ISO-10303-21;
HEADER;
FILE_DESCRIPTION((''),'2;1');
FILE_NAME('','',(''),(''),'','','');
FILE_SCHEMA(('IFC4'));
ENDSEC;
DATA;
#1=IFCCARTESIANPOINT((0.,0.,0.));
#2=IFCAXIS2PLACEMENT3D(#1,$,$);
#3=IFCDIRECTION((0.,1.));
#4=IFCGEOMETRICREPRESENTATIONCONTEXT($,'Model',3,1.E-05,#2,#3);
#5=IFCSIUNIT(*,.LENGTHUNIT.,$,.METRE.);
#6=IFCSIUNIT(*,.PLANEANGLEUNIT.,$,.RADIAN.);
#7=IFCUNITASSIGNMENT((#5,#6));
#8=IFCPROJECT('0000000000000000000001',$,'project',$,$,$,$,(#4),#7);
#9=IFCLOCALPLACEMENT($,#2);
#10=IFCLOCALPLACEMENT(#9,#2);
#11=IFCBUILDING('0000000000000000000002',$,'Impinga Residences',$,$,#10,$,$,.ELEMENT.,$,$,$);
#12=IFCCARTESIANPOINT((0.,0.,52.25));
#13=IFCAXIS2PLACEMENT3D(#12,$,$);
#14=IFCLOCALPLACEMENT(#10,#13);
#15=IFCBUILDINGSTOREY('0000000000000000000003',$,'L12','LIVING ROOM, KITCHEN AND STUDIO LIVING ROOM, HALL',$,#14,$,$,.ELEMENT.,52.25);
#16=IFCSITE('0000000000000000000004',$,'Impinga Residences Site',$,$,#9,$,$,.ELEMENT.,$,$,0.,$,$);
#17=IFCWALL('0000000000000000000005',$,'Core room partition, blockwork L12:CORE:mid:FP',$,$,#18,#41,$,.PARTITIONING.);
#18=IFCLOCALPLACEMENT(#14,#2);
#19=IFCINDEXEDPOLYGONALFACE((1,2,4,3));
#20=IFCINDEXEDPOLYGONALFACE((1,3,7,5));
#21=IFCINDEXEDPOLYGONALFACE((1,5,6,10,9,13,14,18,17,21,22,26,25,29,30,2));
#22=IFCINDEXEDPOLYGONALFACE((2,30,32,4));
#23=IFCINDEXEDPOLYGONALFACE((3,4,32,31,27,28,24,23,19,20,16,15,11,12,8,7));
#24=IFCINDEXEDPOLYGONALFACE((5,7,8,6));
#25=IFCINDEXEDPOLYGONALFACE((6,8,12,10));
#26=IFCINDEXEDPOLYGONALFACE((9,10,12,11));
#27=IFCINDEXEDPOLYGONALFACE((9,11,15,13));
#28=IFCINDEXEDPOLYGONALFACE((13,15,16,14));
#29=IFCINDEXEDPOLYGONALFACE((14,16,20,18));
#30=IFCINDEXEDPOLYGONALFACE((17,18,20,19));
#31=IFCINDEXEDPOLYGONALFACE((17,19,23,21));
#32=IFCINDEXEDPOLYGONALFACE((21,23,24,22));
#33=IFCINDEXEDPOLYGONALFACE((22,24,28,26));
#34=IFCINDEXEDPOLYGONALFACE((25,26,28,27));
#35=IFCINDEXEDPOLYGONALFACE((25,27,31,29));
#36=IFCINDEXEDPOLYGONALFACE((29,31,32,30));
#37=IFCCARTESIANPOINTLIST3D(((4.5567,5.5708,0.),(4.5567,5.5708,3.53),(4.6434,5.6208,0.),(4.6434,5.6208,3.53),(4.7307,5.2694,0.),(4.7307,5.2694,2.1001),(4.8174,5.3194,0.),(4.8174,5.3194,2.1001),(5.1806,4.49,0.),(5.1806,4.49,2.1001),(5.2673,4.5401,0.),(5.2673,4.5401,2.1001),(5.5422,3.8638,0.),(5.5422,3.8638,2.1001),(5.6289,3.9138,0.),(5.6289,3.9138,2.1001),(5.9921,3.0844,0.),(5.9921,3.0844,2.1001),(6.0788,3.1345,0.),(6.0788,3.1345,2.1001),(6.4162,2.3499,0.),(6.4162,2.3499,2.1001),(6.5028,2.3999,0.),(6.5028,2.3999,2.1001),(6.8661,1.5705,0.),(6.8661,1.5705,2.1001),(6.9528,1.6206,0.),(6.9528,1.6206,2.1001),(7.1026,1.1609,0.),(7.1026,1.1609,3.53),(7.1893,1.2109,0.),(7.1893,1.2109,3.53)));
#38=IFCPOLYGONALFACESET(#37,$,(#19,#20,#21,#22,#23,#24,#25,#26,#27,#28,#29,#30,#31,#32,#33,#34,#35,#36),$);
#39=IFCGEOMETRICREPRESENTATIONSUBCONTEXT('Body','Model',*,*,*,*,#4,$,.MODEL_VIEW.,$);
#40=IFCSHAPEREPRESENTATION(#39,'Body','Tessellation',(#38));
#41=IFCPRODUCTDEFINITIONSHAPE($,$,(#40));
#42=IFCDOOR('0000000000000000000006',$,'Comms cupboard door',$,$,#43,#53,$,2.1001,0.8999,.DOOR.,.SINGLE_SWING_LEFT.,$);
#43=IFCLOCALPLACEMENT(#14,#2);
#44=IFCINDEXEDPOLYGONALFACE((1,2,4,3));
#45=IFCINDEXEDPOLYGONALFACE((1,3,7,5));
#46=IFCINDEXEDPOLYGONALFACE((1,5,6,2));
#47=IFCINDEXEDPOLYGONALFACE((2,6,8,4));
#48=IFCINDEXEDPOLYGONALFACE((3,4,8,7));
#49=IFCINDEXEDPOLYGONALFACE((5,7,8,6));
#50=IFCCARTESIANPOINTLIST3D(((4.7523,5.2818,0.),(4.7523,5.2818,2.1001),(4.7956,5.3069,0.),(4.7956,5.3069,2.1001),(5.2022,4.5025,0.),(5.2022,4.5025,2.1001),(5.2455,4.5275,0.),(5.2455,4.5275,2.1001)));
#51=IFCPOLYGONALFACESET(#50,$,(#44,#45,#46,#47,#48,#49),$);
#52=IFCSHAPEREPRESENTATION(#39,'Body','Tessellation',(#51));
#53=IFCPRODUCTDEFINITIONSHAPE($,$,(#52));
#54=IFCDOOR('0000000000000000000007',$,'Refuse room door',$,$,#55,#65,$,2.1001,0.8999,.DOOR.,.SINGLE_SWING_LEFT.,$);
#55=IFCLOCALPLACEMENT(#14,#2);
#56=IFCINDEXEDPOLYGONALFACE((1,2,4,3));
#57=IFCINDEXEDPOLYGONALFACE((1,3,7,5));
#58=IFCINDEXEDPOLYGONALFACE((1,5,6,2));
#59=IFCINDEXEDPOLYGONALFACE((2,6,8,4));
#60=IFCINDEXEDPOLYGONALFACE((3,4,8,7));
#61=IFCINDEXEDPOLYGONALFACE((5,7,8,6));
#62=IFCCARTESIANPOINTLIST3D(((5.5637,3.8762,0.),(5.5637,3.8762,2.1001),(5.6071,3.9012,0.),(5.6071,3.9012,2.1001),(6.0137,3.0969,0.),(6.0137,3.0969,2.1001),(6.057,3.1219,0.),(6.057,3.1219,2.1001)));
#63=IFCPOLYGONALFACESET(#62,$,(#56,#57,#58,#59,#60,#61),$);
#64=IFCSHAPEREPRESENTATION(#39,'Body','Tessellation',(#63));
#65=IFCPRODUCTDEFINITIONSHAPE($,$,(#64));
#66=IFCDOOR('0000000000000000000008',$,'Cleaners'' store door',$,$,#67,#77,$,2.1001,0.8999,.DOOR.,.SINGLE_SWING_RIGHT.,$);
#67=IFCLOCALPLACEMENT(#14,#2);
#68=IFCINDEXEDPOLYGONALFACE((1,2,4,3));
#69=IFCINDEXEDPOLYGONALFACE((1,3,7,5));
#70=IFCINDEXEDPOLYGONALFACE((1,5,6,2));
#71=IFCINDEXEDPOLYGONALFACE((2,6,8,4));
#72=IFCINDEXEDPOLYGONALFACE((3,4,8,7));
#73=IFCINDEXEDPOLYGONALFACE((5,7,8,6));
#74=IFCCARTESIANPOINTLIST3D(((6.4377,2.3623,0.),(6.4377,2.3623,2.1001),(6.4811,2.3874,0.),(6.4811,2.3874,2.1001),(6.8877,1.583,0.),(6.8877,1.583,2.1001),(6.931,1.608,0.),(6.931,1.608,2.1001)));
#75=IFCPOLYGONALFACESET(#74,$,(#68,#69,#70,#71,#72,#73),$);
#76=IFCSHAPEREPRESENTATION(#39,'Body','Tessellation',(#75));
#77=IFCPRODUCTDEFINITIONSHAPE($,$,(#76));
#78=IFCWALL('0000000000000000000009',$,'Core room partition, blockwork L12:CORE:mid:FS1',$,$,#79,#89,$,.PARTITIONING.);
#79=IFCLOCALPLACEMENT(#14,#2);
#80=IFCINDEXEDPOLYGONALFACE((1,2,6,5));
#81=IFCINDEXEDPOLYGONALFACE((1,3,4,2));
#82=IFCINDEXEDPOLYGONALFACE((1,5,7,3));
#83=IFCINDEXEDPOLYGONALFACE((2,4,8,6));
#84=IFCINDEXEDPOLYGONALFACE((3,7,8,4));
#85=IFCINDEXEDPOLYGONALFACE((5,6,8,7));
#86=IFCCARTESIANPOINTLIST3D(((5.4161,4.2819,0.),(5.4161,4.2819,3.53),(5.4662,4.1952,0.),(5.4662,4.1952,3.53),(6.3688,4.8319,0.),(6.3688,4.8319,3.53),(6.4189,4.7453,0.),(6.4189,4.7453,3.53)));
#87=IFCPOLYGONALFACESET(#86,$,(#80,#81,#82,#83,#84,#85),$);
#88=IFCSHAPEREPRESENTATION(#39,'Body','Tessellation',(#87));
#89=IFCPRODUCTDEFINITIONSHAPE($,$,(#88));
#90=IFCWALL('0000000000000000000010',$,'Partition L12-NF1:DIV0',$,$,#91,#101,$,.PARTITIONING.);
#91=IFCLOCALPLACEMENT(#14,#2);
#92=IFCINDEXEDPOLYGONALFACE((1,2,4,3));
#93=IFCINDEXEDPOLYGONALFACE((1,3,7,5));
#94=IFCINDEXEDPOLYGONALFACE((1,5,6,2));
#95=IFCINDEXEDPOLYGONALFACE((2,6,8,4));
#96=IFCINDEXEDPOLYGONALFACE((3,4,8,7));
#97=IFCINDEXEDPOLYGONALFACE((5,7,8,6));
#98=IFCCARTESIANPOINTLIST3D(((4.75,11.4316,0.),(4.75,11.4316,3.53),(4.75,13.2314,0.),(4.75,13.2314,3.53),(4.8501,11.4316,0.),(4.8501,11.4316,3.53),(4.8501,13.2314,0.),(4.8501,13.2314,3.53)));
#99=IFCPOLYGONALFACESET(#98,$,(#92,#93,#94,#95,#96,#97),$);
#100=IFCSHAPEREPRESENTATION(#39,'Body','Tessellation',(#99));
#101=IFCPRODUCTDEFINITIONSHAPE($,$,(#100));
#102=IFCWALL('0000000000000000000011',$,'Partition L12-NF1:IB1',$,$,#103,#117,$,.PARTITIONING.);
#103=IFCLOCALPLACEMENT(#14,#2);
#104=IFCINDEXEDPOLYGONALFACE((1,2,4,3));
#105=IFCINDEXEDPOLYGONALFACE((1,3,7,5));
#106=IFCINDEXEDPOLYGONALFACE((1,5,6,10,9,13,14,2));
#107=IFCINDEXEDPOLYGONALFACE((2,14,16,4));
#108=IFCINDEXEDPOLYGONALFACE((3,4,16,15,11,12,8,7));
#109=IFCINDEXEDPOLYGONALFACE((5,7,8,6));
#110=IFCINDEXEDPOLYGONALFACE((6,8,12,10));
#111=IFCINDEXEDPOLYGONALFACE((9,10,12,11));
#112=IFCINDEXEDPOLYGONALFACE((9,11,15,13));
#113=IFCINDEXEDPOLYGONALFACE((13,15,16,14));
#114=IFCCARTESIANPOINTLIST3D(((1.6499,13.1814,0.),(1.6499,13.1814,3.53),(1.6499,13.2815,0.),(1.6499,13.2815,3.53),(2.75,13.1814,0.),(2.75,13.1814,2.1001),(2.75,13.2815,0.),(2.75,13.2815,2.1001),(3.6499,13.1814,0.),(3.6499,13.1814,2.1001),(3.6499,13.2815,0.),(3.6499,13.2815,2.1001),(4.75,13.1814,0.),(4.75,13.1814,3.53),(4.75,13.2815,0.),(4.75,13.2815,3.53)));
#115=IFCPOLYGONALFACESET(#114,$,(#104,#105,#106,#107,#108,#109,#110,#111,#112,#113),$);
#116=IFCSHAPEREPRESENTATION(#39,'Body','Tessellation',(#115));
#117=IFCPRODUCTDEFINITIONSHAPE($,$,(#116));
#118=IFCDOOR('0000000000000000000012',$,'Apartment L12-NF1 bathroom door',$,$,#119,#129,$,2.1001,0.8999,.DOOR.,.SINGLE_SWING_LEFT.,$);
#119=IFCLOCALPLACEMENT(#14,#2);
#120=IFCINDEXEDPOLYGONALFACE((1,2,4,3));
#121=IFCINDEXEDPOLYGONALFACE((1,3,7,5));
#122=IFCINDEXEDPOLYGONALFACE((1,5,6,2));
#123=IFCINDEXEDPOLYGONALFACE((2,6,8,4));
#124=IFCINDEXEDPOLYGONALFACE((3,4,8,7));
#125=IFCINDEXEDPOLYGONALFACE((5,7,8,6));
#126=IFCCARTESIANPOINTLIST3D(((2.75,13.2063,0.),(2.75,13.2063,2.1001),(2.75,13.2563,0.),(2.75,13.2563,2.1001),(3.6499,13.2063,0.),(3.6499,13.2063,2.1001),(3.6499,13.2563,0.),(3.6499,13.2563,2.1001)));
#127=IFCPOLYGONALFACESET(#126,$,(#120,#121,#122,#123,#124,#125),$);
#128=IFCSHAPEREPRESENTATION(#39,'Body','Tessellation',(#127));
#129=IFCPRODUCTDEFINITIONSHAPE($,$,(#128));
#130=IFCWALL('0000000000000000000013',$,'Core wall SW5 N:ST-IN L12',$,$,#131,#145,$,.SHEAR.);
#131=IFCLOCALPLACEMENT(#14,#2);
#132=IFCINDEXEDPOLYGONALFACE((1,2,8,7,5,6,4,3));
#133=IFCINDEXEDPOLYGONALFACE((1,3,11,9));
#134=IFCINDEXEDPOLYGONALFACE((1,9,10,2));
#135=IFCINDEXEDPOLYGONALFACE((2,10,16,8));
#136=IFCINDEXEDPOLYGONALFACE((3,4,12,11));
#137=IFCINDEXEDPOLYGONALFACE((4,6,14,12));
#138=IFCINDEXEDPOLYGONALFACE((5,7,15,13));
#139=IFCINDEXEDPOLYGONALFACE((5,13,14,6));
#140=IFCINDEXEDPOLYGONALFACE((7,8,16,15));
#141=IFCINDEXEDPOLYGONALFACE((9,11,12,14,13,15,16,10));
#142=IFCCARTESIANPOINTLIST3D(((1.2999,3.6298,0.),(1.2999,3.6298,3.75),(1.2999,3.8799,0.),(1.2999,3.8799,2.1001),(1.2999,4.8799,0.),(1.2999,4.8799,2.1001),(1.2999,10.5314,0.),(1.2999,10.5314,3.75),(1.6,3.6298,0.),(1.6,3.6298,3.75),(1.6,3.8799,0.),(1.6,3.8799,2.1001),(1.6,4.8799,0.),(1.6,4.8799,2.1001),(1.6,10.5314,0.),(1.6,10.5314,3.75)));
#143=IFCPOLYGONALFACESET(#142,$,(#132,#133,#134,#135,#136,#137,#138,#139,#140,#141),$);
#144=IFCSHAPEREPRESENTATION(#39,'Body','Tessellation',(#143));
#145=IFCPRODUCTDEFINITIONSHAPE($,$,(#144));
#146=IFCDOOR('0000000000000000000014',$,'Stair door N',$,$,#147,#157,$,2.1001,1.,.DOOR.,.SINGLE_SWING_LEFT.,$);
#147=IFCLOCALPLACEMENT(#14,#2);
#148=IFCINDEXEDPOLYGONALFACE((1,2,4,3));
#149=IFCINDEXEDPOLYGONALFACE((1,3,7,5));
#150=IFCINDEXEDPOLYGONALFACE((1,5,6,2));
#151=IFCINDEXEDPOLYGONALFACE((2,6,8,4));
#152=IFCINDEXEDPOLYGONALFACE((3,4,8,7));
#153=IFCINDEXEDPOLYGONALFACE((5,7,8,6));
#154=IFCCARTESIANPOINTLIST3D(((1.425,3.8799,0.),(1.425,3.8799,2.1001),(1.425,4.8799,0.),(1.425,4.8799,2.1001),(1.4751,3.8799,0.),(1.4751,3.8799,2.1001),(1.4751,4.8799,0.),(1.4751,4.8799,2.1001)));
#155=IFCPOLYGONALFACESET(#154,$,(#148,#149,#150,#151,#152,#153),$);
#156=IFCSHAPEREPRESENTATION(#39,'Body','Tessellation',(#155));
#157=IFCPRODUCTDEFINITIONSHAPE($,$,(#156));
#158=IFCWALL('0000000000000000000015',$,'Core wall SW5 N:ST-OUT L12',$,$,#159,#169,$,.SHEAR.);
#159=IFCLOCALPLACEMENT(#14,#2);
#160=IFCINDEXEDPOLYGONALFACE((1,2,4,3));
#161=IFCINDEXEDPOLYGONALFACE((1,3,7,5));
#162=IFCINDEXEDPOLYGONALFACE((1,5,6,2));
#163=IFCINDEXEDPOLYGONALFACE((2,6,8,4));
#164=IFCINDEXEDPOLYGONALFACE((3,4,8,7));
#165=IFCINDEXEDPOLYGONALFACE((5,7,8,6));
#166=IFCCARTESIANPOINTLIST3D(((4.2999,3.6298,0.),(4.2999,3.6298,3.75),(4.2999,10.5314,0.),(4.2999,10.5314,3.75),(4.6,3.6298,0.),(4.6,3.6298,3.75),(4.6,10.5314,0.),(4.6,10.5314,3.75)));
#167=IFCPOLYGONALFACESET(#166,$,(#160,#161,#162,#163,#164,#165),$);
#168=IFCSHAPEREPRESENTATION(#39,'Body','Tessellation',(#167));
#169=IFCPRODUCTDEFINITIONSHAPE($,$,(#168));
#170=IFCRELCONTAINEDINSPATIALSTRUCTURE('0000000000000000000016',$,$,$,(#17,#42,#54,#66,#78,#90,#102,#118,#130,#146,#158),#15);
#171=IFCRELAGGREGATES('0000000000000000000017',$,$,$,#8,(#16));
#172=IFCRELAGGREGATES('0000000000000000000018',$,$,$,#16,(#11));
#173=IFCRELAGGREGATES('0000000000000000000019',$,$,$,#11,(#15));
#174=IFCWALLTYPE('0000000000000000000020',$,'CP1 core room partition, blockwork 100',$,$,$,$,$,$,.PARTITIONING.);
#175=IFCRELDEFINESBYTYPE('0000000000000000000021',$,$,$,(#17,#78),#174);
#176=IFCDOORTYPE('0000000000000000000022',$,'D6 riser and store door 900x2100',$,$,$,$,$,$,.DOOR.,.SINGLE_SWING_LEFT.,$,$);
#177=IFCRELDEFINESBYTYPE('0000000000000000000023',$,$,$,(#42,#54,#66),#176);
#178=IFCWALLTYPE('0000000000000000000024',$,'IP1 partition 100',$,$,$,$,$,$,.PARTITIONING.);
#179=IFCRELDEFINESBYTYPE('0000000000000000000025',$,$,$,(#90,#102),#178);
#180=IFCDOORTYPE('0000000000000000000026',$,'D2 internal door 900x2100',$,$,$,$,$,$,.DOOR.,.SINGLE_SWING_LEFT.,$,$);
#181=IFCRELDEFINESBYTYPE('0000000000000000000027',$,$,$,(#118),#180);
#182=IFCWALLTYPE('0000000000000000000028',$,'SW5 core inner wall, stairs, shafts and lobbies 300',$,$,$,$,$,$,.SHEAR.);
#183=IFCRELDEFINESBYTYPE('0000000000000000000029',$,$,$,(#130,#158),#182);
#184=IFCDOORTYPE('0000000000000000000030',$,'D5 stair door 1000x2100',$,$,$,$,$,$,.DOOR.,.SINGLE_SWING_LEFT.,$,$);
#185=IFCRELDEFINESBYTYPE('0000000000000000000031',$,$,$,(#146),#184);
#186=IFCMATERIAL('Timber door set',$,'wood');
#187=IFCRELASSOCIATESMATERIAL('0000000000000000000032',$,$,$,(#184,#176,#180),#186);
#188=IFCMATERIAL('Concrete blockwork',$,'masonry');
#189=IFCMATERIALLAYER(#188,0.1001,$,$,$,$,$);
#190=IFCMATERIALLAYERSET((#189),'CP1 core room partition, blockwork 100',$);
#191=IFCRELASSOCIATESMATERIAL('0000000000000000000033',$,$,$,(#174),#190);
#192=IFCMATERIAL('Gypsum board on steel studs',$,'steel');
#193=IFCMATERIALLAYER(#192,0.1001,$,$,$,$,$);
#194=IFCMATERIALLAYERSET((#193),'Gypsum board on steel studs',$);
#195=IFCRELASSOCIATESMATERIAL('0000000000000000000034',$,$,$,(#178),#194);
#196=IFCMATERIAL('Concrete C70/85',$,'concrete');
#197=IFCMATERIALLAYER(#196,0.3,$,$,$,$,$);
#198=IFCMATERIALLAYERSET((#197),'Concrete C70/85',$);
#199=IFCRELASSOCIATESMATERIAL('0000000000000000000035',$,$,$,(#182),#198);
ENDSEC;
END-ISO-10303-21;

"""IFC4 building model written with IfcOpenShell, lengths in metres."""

from ifc_helpers import new_model, si_unit, direction, frame, frame_2d, origin, place, context, subcontext, project, spatial, rectangle, extrude, material, layer, layer_set, type_object, element, fill, save


model = new_model("IFC4")

# Units and contexts
model_context = context("Model", 3, precision=1e-05, world=origin(), true_north=direction((0.0, 1.0)))
body_context = subcontext(model_context, "Body", "Model", "MODEL_VIEW")
ifc_project = project(units=[si_unit("LENGTHUNIT", "METRE"), si_unit("PLANEANGLEUNIT", "RADIAN")], contexts=[model_context])

# Site, building, storey
site_placement = place(None, origin())
site = spatial("IfcSite", under=ifc_project, at=site_placement, Name="Impinga Residences Site", CompositionType="ELEMENT", RefElevation=0.0)
building_placement = place(site_placement, origin())
building = spatial("IfcBuilding", under=site, at=building_placement, Name="Impinga Residences", CompositionType="ELEMENT")
storey_placement = place(building_placement, frame((0.0, 0.0, 52.25)))
storey = spatial("IfcBuildingStorey", under=building, at=storey_placement, Name="L12", Description="LIVING ROOM, KITCHEN AND STUDIO LIVING ROOM, HALL", CompositionType="ELEMENT", Elevation=52.25)

# Wall, openings, doors
ifc_material_1 = material(Name="Concrete C70/85", Category="concrete")
ifc_material_2 = material(Name="Timber door set", Category="wood")
door_type_1 = type_object("IfcDoorType", Name="D5 stair door 1000x2100", OperationType="SINGLE_SWING_LEFT", PredefinedType="DOOR", material=ifc_material_2)
ifc_material_3 = material(Name="Concrete blockwork", Category="masonry")
ifc_layer_1 = layer(ifc_material_3, 0.1001)
ifc_layer_set_1 = layer_set([ifc_layer_1], Name="CP1 core room partition, blockwork 100")
wall_type_1 = type_object("IfcWallType", Name="CP1 core room partition, blockwork 100", PredefinedType="PARTITIONING", material=ifc_layer_set_1)
wall_1_placement = place(storey_placement, frame((4.6001, 5.5957, 0.0), z_axis=(0.0, 0.0, 1.0), x_axis=(0.499976, -0.866039, 0.0)))
wall_1 = element("IfcWall", 1, at=wall_1_placement, inside=storey, type_object=wall_type_1, Name="Core room partition, blockwork L12:CORE:mid:FP", PredefinedType="PARTITIONING", context=body_context, shape_type="SweptSolid", body=[
    extrude(rectangle(XDim=5.092, YDim=0.1001, at=frame_2d((2.5459, 0.0))), origin(), (0.0, 0.0, 1.0), 3.53),
])
opening_1_placement = place(wall_1_placement, frame((0.3479, 0.0, 0.0)))
opening_1 = element("IfcOpeningElement", 2, at=opening_1_placement, cuts=wall_1, PredefinedType="OPENING", context=body_context, shape_type="SweptSolid", body=[
    extrude(rectangle(XDim=0.8999, YDim=2.1001, at=frame_2d((0.45, 1.05))), frame((0.0, 0.0601, 0.0), z_axis=(0.0, -1.0, 0.0), x_axis=(1.0, 0.0, 0.0)), (0.0, 0.0, 1.0), 0.1201),
])
opening_2_placement = place(wall_1_placement, frame((1.9709, 0.0, 0.0)))
opening_2 = element("IfcOpeningElement", 3, at=opening_2_placement, cuts=wall_1, PredefinedType="OPENING", context=body_context, shape_type="SweptSolid", body=[
    extrude(rectangle(XDim=0.8999, YDim=2.1001, at=frame_2d((0.45, 1.05))), frame((0.0, 0.0601, 0.0), z_axis=(0.0, -1.0, 0.0), x_axis=(1.0, 0.0, 0.0)), (0.0, 0.0, 1.0), 0.1201),
])
opening_3_placement = place(wall_1_placement, frame((3.719, 0.0, 0.0)))
opening_3 = element("IfcOpeningElement", 4, at=opening_3_placement, cuts=wall_1, PredefinedType="OPENING", context=body_context, shape_type="SweptSolid", body=[
    extrude(rectangle(XDim=0.8999, YDim=2.1001, at=frame_2d((0.45, 1.05))), frame((0.0, 0.0601, 0.0), z_axis=(0.0, -1.0, 0.0), x_axis=(1.0, 0.0, 0.0)), (0.0, 0.0, 1.0), 0.1201),
])
door_type_2 = type_object("IfcDoorType", Name="D6 riser and store door 900x2100", OperationType="SINGLE_SWING_LEFT", PredefinedType="DOOR", material=ifc_material_2)
door_1_placement = place(opening_1_placement, origin())
door_1 = element("IfcDoor", 5, at=door_1_placement, inside=storey, type_object=door_type_2, Name="Comms cupboard door", OperationType="SINGLE_SWING_LEFT", OverallHeight=2.1001, OverallWidth=0.8999, PredefinedType="DOOR", context=body_context, shape_type="SweptSolid", body=[
    extrude(rectangle(XDim=0.8999, YDim=2.1001, at=frame_2d((0.45, 1.05))), frame((0.0, 0.0249, 0.0), z_axis=(0.0, -1.0, 0.0), x_axis=(1.0, 0.0, 0.0)), (0.0, 0.0, 1.0), 0.05),
])
fill(opening_1, door_1)
door_2_placement = place(opening_2_placement, origin())
door_2 = element("IfcDoor", 6, at=door_2_placement, inside=storey, type_object=door_type_2, Name="Refuse room door", OperationType="SINGLE_SWING_LEFT", OverallHeight=2.1001, OverallWidth=0.8999, PredefinedType="DOOR", context=body_context, shape_type="SweptSolid", body=[
    extrude(rectangle(XDim=0.8999, YDim=2.1001, at=frame_2d((0.45, 1.05))), frame((0.0, 0.0249, 0.0), z_axis=(0.0, -1.0, 0.0), x_axis=(1.0, 0.0, 0.0)), (0.0, 0.0, 1.0), 0.05),
])
fill(opening_2, door_2)
door_3_placement = place(opening_3_placement, origin())
door_3 = element("IfcDoor", 7, at=door_3_placement, inside=storey, type_object=door_type_2, Name="Cleaners' store door", OperationType="SINGLE_SWING_RIGHT", OverallHeight=2.1001, OverallWidth=0.8999, PredefinedType="DOOR", context=body_context, shape_type="SweptSolid", body=[
    extrude(rectangle(XDim=0.8999, YDim=2.1001, at=frame_2d((0.45, 1.05))), frame((0.0, 0.0249, 0.0), z_axis=(0.0, -1.0, 0.0), x_axis=(1.0, 0.0, 0.0)), (0.0, 0.0, 1.0), 0.05),
])
fill(opening_3, door_3)

# Walls
wall_2_placement = place(storey_placement, frame((5.4412, 4.2385, 0.0), z_axis=(0.0, 0.0, 1.0), x_axis=(0.866008, 0.50003, 0.0)))
element("IfcWall", 8, at=wall_2_placement, inside=storey, type_object=wall_type_1, Name="Core room partition, blockwork L12:CORE:mid:FS1", PredefinedType="PARTITIONING", context=body_context, shape_type="SweptSolid", body=[
    extrude(rectangle(XDim=1.1001, YDim=0.1001, at=frame_2d((0.55, 0.0))), origin(), (0.0, 0.0, 1.0), 3.53),
])
ifc_material_4 = material(Name="Gypsum board on steel studs", Category="steel")
ifc_layer_2 = layer(ifc_material_4, 0.1001)
ifc_layer_set_2 = layer_set([ifc_layer_2], Name="Gypsum board on steel studs")
wall_type_2 = type_object("IfcWallType", Name="IP1 partition 100", PredefinedType="PARTITIONING", material=ifc_layer_set_2)
wall_3_placement = place(storey_placement, frame((4.8, 11.4316, 0.0), z_axis=(0.0, 0.0, 1.0), x_axis=(0.0, 1.0, 0.0)))
element("IfcWall", 9, at=wall_3_placement, inside=storey, type_object=wall_type_2, Name="Partition L12-NF1:DIV0", PredefinedType="PARTITIONING", context=body_context, shape_type="SweptSolid", body=[
    extrude(rectangle(XDim=1.7998, YDim=0.1001, at=frame_2d((0.8999, 0.0))), origin(), (0.0, 0.0, 1.0), 3.53),
])

# Walls, openings, doors
wall_4_placement = place(storey_placement, frame((1.6499, 13.2314, 0.0), z_axis=(0.0, 0.0, 1.0), x_axis=(1.0, 0.0, 0.0)))
wall_4 = element("IfcWall", 10, at=wall_4_placement, inside=storey, type_object=wall_type_2, Name="Partition L12-NF1:IB1", PredefinedType="PARTITIONING", context=body_context, shape_type="SweptSolid", body=[
    extrude(rectangle(XDim=3.1001, YDim=0.1001, at=frame_2d((1.55, 0.0))), origin(), (0.0, 0.0, 1.0), 3.53),
])
opening_4_placement = place(wall_4_placement, frame((1.1001, 0.0, 0.0)))
opening_4 = element("IfcOpeningElement", 11, at=opening_4_placement, cuts=wall_4, PredefinedType="OPENING", context=body_context, shape_type="SweptSolid", body=[
    extrude(rectangle(XDim=0.8999, YDim=2.1001, at=frame_2d((0.45, 1.05))), frame((0.0, 0.0601, 0.0), z_axis=(0.0, -1.0, 0.0), x_axis=(1.0, 0.0, 0.0)), (0.0, 0.0, 1.0), 0.1201),
])
door_type_3 = type_object("IfcDoorType", Name="D2 internal door 900x2100", OperationType="SINGLE_SWING_LEFT", PredefinedType="DOOR", material=ifc_material_2)
door_4_placement = place(opening_4_placement, origin())
door_4 = element("IfcDoor", 12, at=door_4_placement, inside=storey, type_object=door_type_3, Name="Apartment L12-NF1 bathroom door", OperationType="SINGLE_SWING_LEFT", OverallHeight=2.1001, OverallWidth=0.8999, PredefinedType="DOOR", context=body_context, shape_type="SweptSolid", body=[
    extrude(rectangle(XDim=0.8999, YDim=2.1001, at=frame_2d((0.45, 1.05))), frame((0.0, 0.0249, 0.0), z_axis=(0.0, -1.0, 0.0), x_axis=(1.0, 0.0, 0.0)), (0.0, 0.0, 1.0), 0.05),
])
fill(opening_4, door_4)
ifc_layer_3 = layer(ifc_material_1, 0.3)
ifc_layer_set_3 = layer_set([ifc_layer_3], Name="Concrete C70/85")
wall_type_3 = type_object("IfcWallType", Name="SW5 core inner wall, stairs, shafts and lobbies 300", PredefinedType="SHEAR", material=ifc_layer_set_3)
wall_5_placement = place(storey_placement, frame((1.45, 3.6299, 0.0), z_axis=(0.0, 0.0, 1.0), x_axis=(0.0, 1.0, 0.0)))
wall_5 = element("IfcWall", 13, at=wall_5_placement, inside=storey, type_object=wall_type_3, Name="Core wall SW5 N:ST-IN L12", PredefinedType="SHEAR", context=body_context, shape_type="SweptSolid", body=[
    extrude(rectangle(XDim=6.9016, YDim=0.3, at=frame_2d((3.4507, 0.0))), origin(), (0.0, 0.0, 1.0), 3.75),
])
opening_5_placement = place(wall_5_placement, frame((0.25, 0.0, 0.0)))
opening_5 = element("IfcOpeningElement", 14, at=opening_5_placement, cuts=wall_5, PredefinedType="OPENING", context=body_context, shape_type="SweptSolid", body=[
    extrude(rectangle(XDim=1.0, YDim=2.1001, at=frame_2d((0.5, 1.05))), frame((0.0, 0.1599, 0.0), z_axis=(0.0, -1.0, 0.0), x_axis=(1.0, 0.0, 0.0)), (0.0, 0.0, 1.0), 0.3201),
])
door_5_placement = place(opening_5_placement, origin())
door_5 = element("IfcDoor", 15, at=door_5_placement, inside=storey, type_object=door_type_1, Name="Stair door N", OperationType="SINGLE_SWING_LEFT", OverallHeight=2.1001, OverallWidth=1.0, PredefinedType="DOOR", context=body_context, shape_type="SweptSolid", body=[
    extrude(rectangle(XDim=1.0, YDim=2.1001, at=frame_2d((0.5, 1.05))), frame((0.0, 0.0249, 0.0), z_axis=(0.0, -1.0, 0.0), x_axis=(1.0, 0.0, 0.0)), (0.0, 0.0, 1.0), 0.05),
])
fill(opening_5, door_5)

# Wall
wall_6_placement = place(storey_placement, frame((4.45, 3.6299, 0.0), z_axis=(0.0, 0.0, 1.0), x_axis=(0.0, 1.0, 0.0)))
element("IfcWall", 16, at=wall_6_placement, inside=storey, type_object=wall_type_3, Name="Core wall SW5 N:ST-OUT L12", PredefinedType="SHEAR", context=body_context, shape_type="SweptSolid", body=[
    extrude(rectangle(XDim=6.9016, YDim=0.3, at=frame_2d((3.4507, 0.0))), origin(), (0.0, 0.0, 1.0), 3.75),
])

save(model, "model.ifc")
